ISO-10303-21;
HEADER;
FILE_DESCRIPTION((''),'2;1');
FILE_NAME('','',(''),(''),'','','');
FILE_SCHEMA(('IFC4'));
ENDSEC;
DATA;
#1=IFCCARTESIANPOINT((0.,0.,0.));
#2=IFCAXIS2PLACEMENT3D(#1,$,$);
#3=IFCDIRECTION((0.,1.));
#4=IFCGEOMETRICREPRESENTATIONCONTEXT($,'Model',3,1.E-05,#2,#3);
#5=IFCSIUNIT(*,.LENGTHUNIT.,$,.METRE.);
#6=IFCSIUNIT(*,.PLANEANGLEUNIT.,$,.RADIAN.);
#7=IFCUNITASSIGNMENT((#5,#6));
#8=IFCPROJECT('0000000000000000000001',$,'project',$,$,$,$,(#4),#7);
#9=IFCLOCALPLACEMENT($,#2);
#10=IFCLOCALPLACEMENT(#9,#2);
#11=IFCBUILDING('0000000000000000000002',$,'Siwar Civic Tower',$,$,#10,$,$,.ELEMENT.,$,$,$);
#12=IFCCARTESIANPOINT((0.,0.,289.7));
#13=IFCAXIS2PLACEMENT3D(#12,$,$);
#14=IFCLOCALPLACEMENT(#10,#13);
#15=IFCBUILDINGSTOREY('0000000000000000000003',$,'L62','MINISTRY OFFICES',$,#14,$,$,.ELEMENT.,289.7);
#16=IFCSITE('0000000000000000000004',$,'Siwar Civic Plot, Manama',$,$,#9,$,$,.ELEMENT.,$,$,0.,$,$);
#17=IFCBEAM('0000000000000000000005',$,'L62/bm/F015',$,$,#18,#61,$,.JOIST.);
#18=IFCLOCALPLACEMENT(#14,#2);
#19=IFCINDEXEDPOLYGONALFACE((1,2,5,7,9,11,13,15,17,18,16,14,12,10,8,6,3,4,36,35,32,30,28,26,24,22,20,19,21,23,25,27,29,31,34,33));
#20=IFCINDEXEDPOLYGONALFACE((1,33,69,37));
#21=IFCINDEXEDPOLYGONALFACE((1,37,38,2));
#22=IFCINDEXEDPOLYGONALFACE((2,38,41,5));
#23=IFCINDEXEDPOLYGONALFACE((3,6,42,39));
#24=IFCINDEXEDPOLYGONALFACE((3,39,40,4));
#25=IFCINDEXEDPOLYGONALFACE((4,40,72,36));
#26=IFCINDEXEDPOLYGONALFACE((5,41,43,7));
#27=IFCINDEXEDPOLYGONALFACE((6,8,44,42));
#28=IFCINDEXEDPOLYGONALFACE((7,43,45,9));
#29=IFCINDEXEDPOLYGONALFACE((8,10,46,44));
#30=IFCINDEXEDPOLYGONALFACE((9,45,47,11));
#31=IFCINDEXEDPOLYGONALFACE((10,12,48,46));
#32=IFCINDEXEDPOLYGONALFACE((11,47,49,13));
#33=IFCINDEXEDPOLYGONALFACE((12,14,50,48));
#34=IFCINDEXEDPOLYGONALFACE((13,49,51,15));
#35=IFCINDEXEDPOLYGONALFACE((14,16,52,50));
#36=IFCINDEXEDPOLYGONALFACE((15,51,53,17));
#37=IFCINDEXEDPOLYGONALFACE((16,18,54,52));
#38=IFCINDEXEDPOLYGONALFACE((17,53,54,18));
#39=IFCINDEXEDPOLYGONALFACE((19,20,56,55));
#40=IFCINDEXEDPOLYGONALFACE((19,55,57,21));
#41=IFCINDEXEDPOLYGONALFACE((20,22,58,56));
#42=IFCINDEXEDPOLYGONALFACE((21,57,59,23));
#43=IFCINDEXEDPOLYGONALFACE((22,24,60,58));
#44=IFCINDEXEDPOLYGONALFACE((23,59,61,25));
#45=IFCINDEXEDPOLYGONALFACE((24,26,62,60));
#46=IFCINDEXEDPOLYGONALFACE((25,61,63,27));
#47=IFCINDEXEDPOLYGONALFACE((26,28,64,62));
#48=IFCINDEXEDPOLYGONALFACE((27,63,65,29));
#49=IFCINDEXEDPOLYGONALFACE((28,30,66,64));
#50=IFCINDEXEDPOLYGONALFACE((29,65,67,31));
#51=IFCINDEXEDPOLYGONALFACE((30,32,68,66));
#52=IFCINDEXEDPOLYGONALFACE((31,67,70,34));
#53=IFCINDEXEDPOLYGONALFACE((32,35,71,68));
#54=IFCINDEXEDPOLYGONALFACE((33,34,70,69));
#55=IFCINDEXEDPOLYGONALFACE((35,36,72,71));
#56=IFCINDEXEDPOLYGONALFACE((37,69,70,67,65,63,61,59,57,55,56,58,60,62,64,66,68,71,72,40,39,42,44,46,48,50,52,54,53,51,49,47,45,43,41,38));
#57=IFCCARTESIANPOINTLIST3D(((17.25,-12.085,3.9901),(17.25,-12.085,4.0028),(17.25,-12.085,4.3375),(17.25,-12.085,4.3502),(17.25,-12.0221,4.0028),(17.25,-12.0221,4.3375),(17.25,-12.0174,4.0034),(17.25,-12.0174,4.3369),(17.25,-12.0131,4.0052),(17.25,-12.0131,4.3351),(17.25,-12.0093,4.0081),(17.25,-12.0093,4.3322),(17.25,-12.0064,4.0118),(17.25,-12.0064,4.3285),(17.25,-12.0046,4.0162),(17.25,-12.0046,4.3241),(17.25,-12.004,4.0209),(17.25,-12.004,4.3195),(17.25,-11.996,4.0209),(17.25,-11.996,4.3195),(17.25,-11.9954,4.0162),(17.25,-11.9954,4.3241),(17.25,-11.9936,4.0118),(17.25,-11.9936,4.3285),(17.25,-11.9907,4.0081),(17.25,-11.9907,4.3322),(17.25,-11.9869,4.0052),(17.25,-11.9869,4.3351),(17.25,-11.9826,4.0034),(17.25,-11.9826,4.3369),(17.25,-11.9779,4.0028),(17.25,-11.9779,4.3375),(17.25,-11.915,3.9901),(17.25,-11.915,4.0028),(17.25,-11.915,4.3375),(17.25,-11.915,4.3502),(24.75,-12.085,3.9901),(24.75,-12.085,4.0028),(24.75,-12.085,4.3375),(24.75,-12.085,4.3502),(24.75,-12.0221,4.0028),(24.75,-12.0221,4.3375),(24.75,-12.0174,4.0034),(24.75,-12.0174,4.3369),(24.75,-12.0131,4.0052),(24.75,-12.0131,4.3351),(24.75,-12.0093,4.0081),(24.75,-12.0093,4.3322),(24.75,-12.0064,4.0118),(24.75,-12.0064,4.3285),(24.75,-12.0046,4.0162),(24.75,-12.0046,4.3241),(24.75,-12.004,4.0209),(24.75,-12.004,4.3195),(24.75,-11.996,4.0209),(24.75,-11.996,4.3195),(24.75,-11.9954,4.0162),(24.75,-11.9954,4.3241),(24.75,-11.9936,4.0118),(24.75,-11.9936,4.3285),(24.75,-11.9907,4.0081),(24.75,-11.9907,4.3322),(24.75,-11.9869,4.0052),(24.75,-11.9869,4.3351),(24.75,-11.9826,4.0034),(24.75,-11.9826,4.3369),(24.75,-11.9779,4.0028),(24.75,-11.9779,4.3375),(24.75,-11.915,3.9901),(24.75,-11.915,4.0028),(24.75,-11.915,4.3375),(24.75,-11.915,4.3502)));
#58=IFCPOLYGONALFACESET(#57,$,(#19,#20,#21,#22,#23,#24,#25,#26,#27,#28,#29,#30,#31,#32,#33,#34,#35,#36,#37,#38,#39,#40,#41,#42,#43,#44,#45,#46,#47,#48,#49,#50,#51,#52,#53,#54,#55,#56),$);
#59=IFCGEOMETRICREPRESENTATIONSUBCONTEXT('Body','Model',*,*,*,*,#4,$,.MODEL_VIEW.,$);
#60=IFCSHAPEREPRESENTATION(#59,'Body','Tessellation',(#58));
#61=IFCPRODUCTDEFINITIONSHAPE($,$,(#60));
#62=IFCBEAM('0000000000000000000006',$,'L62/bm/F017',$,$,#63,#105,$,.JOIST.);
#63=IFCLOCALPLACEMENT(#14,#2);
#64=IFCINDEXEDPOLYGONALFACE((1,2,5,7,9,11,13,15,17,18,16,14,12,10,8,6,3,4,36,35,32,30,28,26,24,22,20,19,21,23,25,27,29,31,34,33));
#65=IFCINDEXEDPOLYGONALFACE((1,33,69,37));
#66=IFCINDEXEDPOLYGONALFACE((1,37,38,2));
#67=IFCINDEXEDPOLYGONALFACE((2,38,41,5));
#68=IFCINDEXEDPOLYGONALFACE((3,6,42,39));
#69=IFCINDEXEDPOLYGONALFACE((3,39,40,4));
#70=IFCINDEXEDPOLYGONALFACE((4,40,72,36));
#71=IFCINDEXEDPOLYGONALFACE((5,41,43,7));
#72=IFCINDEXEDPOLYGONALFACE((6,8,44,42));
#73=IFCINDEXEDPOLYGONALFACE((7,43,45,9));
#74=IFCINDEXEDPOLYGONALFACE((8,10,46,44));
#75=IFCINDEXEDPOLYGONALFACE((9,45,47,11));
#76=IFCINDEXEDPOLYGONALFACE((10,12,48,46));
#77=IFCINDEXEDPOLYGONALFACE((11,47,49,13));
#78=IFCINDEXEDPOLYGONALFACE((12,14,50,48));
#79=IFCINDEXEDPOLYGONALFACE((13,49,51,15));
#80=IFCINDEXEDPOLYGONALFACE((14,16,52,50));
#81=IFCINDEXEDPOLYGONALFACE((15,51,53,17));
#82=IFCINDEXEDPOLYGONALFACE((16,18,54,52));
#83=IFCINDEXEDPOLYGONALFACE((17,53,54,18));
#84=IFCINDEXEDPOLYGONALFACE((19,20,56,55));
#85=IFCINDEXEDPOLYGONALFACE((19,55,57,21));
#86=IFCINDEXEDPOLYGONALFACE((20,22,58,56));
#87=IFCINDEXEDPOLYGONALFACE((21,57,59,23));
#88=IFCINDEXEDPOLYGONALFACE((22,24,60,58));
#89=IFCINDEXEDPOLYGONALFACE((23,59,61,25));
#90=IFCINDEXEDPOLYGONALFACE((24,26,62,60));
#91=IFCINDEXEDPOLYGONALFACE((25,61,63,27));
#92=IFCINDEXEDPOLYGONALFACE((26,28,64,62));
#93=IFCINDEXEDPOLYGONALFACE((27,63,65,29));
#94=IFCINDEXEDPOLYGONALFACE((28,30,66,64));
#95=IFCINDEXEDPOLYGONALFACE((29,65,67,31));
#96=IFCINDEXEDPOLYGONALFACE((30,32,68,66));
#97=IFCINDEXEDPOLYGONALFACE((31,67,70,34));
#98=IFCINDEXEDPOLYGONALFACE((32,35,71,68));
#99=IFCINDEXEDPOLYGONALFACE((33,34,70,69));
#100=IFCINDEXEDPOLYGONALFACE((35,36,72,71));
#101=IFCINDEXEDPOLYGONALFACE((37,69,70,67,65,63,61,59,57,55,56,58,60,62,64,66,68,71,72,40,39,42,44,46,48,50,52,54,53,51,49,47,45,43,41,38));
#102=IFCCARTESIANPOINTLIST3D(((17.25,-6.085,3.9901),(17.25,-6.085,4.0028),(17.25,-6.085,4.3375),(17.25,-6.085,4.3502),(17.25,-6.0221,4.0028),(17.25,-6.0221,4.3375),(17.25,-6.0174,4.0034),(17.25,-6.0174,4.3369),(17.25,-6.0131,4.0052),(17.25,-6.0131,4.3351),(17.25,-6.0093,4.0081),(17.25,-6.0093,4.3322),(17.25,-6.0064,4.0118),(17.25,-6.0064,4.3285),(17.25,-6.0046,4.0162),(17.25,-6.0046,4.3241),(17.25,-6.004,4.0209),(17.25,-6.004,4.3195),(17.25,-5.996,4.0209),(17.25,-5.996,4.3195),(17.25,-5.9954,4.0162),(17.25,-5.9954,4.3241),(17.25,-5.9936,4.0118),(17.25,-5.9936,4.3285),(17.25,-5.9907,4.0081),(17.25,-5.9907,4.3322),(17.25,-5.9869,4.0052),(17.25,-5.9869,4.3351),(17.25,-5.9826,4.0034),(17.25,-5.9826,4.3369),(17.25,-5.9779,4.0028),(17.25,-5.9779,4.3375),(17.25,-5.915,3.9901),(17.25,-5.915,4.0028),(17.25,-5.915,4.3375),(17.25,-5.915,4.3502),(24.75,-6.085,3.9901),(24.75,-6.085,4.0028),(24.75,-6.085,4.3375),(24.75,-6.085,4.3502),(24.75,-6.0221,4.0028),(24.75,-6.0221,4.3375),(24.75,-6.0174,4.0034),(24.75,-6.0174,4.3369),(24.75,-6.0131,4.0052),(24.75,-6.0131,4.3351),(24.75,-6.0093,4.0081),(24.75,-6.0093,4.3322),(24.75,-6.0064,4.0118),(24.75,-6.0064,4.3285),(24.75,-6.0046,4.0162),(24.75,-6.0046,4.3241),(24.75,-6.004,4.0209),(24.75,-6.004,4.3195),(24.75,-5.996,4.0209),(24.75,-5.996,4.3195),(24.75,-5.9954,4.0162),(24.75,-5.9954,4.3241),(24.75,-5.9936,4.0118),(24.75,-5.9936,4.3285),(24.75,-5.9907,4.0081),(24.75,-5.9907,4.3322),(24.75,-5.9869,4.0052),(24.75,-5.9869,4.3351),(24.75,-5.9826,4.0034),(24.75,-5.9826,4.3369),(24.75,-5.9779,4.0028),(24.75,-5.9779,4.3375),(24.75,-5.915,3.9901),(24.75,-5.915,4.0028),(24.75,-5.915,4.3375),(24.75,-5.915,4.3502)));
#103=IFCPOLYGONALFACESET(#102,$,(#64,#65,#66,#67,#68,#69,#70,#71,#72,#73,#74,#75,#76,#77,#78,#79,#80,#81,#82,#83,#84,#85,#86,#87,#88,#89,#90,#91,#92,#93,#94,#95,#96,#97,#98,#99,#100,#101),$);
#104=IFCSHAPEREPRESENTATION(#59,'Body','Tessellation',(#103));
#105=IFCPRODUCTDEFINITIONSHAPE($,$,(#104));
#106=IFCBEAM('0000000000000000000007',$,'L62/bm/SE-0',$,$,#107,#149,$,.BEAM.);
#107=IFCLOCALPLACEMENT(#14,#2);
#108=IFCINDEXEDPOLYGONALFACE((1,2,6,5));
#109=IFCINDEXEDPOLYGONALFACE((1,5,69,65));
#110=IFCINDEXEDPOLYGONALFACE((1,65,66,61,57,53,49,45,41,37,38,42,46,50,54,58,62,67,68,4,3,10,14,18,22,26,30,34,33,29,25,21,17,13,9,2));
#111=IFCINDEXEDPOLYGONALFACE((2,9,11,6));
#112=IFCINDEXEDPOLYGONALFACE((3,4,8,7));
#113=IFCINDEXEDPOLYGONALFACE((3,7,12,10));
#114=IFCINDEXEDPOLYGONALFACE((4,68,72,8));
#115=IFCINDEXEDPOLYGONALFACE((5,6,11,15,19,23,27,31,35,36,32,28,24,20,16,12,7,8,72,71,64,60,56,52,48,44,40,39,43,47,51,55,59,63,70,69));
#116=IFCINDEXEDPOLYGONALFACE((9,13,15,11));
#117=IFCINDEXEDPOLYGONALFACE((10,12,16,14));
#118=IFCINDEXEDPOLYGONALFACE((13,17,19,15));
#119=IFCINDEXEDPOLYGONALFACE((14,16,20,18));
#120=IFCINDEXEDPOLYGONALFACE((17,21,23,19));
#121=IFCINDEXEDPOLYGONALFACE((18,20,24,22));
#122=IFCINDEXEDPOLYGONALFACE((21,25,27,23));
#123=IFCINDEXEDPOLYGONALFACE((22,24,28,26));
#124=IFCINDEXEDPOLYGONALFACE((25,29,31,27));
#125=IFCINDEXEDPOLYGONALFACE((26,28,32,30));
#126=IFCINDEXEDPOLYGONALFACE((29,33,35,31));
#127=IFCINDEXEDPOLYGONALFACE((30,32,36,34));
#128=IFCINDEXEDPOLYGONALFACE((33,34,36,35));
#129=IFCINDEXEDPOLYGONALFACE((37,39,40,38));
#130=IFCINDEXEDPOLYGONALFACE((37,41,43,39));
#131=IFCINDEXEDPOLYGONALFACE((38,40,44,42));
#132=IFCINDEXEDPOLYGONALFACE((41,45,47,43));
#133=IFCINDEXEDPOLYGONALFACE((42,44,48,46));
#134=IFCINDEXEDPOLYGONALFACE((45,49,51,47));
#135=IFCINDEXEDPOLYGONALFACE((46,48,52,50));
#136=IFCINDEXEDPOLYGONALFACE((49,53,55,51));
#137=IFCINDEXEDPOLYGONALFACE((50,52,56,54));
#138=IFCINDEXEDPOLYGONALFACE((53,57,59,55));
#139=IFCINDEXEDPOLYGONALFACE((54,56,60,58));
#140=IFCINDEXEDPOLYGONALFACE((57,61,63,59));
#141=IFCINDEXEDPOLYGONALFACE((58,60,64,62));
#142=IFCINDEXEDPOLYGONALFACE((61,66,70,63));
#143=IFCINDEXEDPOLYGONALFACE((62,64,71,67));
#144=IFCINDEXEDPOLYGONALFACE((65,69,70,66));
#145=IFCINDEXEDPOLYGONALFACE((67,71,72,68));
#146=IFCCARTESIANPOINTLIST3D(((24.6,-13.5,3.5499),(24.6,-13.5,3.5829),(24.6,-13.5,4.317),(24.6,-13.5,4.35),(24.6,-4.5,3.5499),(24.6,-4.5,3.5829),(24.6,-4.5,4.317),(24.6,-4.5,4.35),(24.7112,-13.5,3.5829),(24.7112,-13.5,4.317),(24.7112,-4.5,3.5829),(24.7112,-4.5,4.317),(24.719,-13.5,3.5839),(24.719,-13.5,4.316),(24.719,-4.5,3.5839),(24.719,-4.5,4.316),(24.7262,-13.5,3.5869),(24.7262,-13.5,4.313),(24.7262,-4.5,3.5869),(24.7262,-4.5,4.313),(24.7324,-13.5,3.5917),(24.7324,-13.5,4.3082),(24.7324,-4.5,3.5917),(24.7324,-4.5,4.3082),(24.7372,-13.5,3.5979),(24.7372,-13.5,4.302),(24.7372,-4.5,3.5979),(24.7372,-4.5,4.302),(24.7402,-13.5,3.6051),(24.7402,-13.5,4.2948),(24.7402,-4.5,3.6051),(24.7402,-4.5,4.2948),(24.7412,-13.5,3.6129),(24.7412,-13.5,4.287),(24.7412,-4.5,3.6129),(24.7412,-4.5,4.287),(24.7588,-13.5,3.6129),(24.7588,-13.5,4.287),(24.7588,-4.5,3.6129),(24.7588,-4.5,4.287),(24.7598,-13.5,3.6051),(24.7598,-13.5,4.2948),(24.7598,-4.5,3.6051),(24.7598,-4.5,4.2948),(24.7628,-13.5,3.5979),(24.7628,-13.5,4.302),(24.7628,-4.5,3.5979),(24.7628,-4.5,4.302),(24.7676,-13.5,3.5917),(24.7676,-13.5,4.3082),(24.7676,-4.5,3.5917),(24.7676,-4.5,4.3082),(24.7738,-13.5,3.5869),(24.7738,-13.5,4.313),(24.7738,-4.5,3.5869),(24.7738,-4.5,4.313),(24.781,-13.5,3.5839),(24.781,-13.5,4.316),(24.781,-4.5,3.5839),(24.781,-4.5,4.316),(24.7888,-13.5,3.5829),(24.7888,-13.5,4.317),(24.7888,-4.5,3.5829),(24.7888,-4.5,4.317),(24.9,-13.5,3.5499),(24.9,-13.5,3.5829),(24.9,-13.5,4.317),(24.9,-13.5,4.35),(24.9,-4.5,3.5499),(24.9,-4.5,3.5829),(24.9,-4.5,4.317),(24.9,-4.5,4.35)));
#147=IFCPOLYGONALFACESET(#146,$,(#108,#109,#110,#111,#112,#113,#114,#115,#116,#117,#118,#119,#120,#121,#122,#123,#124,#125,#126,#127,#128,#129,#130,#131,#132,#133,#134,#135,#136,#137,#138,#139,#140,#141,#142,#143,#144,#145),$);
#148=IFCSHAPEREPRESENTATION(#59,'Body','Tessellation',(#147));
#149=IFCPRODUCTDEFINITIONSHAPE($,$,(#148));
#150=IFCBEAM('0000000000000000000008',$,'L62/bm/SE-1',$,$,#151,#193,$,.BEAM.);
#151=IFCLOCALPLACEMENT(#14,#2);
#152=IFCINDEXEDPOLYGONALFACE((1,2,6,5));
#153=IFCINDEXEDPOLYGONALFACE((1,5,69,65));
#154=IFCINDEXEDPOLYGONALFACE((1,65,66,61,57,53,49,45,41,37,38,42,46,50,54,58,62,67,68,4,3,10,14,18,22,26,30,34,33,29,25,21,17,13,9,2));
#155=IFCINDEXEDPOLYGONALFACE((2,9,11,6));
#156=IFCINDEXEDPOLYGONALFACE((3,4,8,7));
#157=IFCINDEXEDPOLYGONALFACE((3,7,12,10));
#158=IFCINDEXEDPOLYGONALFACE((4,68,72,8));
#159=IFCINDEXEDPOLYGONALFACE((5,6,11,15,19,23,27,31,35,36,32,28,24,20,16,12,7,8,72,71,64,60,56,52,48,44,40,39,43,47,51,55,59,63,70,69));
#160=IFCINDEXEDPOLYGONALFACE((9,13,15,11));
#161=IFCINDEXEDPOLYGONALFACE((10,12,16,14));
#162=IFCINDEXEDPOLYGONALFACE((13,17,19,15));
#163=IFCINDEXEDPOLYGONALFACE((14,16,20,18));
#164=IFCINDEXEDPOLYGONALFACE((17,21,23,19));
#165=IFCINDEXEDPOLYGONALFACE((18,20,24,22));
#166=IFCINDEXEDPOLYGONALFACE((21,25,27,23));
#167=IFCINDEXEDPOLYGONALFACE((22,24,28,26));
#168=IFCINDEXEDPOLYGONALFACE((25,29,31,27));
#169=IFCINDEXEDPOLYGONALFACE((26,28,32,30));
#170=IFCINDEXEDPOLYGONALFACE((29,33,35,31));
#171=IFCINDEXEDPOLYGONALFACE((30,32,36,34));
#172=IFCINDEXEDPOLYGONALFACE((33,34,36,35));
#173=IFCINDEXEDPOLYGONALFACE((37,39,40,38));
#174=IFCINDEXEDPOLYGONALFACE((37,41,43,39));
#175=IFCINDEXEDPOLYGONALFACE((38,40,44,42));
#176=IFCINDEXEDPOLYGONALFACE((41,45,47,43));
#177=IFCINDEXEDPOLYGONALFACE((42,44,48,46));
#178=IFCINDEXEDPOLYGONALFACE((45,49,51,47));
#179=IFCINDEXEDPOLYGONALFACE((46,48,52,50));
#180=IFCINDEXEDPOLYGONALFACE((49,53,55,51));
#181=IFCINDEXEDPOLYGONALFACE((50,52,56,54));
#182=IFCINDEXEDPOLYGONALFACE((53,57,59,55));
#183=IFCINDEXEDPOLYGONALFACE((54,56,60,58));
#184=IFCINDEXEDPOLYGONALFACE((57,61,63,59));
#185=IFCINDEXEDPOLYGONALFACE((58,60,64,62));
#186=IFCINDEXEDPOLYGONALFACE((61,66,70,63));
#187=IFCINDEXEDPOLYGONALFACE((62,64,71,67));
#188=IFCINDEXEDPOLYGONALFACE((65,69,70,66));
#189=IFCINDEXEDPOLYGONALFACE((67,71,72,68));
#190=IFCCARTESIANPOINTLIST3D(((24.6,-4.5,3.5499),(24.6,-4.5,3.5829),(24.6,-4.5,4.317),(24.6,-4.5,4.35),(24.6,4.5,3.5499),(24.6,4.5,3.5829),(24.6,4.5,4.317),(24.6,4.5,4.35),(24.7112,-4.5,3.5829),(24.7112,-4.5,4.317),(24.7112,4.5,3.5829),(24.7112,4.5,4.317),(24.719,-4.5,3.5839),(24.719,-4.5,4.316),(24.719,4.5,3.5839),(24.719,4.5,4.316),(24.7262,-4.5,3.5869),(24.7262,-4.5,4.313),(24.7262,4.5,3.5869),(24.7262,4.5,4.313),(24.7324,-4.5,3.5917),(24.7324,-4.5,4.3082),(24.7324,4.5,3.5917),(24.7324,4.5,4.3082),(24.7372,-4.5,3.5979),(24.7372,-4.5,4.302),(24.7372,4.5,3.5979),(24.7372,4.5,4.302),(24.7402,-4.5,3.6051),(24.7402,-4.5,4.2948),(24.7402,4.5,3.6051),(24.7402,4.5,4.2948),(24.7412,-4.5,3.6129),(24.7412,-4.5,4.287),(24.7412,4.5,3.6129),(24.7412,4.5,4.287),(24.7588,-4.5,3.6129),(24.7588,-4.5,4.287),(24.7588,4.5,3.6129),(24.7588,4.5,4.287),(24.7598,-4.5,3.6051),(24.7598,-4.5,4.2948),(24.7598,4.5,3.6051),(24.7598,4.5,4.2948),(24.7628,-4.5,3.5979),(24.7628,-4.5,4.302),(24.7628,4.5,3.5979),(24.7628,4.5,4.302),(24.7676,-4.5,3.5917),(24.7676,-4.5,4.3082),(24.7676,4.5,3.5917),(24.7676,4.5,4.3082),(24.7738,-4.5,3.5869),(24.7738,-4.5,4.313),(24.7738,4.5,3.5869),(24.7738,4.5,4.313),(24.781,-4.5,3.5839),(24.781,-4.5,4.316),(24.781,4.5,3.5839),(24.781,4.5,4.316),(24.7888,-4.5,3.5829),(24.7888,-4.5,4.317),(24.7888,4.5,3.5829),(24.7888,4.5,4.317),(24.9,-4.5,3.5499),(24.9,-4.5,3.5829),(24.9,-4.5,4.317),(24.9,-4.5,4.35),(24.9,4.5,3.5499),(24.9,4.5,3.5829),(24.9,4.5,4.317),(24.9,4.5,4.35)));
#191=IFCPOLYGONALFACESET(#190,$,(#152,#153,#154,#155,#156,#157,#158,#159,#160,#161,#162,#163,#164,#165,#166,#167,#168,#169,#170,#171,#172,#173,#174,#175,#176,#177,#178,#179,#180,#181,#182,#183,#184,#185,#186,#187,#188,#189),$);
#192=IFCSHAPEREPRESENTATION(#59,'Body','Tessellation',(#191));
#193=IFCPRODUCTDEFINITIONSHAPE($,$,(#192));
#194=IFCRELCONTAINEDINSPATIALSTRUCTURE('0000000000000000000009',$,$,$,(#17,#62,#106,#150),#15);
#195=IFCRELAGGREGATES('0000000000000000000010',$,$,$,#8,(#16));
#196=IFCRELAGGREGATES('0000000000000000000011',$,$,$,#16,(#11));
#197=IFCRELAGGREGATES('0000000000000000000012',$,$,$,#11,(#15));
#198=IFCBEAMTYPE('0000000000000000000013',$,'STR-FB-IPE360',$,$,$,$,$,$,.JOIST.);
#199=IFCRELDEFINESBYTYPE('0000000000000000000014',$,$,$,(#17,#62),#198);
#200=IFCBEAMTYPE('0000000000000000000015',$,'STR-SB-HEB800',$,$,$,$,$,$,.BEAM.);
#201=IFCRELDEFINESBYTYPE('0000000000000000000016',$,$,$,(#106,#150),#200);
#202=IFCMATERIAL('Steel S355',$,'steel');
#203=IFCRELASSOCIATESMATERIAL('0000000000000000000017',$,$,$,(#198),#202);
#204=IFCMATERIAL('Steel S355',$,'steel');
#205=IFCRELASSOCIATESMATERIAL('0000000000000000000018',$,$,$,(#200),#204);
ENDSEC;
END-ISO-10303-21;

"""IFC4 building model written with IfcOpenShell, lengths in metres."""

from ifc_helpers import new_model, si_unit, direction, frame, origin, origin_2d, place, context, subcontext, project, spatial, i_section, extrude, material, material_profile, profile_set, type_object, element, save


model = new_model("IFC4")

# Units and contexts
model_context = context("Model", 3, precision=1e-05, world=origin(), true_north=direction((0.0, 1.0)))
body_context = subcontext(model_context, "Body", "Model", "MODEL_VIEW")
ifc_project = project(units=[si_unit("LENGTHUNIT", "METRE"), si_unit("PLANEANGLEUNIT", "RADIAN")], contexts=[model_context])

# Site, building, storey
site_placement = place(None, origin())
site = spatial("IfcSite", under=ifc_project, at=site_placement, Name="Siwar Civic Plot, Manama", CompositionType="ELEMENT", RefElevation=0.0)
building_placement = place(site_placement, origin())
building = spatial("IfcBuilding", under=site, at=building_placement, Name="Siwar Civic Tower", CompositionType="ELEMENT")
storey_placement = place(building_placement, frame((0.0, 0.0, 289.7)))
storey = spatial("IfcBuildingStorey", under=building, at=storey_placement, Name="L62", Description="MINISTRY OFFICES", CompositionType="ELEMENT", Elevation=289.7)

# Beams
ifc_material_1 = material(Name="Steel S355", Category="steel")
ifc_material_profile_1 = material_profile(ifc_material_1, i_section(OverallWidth=0.1699, OverallDepth=0.3601, WebThickness=0.0081, FlangeThickness=0.0127, FilletRadius=0.0181, at=origin_2d()), Name="IPE360")
ifc_profile_set_1 = profile_set([ifc_material_profile_1], Name="Steel S355")
beam_type_1 = type_object("IfcBeamType", Name="STR-FB-IPE360", PredefinedType="JOIST", material=ifc_profile_set_1)
for number, where, z_axis, x_axis, name in (
    (1, (17.25, -12.0, 4.1702), (1.0, 0.0, 0.0), (0.0, 1.0, 0.0), "L62/bm/F015"),
    (2, (17.25, -6.0, 4.1702), (1.0, 0.0, 0.0), (0.0, 1.0, 0.0), "L62/bm/F017"),
):
    element("IfcBeam", number, at=place(storey_placement, frame(where, z_axis=z_axis, x_axis=x_axis)), inside=storey, type_object=beam_type_1, Name=name, PredefinedType="JOIST", context=body_context, shape_type="SweptSolid", body=[
        extrude(i_section(OverallWidth=0.1699, OverallDepth=0.3601, WebThickness=0.0081, FlangeThickness=0.0127, FilletRadius=0.0181, at=origin_2d()), origin(), (0.0, 0.0, 1.0), 7.5),
    ])
ifc_material_2 = material(Name="Steel S355", Category="steel")
ifc_material_profile_2 = material_profile(ifc_material_2, i_section(OverallWidth=0.3, OverallDepth=0.8, WebThickness=0.0176, FlangeThickness=0.033, FilletRadius=0.03, at=origin_2d()), Name="HEB800")
ifc_profile_set_2 = profile_set([ifc_material_profile_2], Name="Steel S355")
beam_type_2 = type_object("IfcBeamType", Name="STR-SB-HEB800", PredefinedType="BEAM", material=ifc_profile_set_2)
for number, where, z_axis, x_axis, name in (
    (3, (24.75, -13.5, 3.95), (0.0, 1.0, 0.0), (-1.0, 0.0, 0.0), "L62/bm/SE-0"),
    (4, (24.75, -4.5, 3.95), (0.0, 1.0, 0.0), (-1.0, 0.0, 0.0), "L62/bm/SE-1"),
):
    element("IfcBeam", number, at=place(storey_placement, frame(where, z_axis=z_axis, x_axis=x_axis)), inside=storey, type_object=beam_type_2, Name=name, PredefinedType="BEAM", context=body_context, shape_type="SweptSolid", body=[
        extrude(i_section(OverallWidth=0.3, OverallDepth=0.8, WebThickness=0.0176, FlangeThickness=0.033, FilletRadius=0.03, at=origin_2d()), origin(), (0.0, 0.0, 1.0), 9.0),
    ])

save(model, "model.ifc")
